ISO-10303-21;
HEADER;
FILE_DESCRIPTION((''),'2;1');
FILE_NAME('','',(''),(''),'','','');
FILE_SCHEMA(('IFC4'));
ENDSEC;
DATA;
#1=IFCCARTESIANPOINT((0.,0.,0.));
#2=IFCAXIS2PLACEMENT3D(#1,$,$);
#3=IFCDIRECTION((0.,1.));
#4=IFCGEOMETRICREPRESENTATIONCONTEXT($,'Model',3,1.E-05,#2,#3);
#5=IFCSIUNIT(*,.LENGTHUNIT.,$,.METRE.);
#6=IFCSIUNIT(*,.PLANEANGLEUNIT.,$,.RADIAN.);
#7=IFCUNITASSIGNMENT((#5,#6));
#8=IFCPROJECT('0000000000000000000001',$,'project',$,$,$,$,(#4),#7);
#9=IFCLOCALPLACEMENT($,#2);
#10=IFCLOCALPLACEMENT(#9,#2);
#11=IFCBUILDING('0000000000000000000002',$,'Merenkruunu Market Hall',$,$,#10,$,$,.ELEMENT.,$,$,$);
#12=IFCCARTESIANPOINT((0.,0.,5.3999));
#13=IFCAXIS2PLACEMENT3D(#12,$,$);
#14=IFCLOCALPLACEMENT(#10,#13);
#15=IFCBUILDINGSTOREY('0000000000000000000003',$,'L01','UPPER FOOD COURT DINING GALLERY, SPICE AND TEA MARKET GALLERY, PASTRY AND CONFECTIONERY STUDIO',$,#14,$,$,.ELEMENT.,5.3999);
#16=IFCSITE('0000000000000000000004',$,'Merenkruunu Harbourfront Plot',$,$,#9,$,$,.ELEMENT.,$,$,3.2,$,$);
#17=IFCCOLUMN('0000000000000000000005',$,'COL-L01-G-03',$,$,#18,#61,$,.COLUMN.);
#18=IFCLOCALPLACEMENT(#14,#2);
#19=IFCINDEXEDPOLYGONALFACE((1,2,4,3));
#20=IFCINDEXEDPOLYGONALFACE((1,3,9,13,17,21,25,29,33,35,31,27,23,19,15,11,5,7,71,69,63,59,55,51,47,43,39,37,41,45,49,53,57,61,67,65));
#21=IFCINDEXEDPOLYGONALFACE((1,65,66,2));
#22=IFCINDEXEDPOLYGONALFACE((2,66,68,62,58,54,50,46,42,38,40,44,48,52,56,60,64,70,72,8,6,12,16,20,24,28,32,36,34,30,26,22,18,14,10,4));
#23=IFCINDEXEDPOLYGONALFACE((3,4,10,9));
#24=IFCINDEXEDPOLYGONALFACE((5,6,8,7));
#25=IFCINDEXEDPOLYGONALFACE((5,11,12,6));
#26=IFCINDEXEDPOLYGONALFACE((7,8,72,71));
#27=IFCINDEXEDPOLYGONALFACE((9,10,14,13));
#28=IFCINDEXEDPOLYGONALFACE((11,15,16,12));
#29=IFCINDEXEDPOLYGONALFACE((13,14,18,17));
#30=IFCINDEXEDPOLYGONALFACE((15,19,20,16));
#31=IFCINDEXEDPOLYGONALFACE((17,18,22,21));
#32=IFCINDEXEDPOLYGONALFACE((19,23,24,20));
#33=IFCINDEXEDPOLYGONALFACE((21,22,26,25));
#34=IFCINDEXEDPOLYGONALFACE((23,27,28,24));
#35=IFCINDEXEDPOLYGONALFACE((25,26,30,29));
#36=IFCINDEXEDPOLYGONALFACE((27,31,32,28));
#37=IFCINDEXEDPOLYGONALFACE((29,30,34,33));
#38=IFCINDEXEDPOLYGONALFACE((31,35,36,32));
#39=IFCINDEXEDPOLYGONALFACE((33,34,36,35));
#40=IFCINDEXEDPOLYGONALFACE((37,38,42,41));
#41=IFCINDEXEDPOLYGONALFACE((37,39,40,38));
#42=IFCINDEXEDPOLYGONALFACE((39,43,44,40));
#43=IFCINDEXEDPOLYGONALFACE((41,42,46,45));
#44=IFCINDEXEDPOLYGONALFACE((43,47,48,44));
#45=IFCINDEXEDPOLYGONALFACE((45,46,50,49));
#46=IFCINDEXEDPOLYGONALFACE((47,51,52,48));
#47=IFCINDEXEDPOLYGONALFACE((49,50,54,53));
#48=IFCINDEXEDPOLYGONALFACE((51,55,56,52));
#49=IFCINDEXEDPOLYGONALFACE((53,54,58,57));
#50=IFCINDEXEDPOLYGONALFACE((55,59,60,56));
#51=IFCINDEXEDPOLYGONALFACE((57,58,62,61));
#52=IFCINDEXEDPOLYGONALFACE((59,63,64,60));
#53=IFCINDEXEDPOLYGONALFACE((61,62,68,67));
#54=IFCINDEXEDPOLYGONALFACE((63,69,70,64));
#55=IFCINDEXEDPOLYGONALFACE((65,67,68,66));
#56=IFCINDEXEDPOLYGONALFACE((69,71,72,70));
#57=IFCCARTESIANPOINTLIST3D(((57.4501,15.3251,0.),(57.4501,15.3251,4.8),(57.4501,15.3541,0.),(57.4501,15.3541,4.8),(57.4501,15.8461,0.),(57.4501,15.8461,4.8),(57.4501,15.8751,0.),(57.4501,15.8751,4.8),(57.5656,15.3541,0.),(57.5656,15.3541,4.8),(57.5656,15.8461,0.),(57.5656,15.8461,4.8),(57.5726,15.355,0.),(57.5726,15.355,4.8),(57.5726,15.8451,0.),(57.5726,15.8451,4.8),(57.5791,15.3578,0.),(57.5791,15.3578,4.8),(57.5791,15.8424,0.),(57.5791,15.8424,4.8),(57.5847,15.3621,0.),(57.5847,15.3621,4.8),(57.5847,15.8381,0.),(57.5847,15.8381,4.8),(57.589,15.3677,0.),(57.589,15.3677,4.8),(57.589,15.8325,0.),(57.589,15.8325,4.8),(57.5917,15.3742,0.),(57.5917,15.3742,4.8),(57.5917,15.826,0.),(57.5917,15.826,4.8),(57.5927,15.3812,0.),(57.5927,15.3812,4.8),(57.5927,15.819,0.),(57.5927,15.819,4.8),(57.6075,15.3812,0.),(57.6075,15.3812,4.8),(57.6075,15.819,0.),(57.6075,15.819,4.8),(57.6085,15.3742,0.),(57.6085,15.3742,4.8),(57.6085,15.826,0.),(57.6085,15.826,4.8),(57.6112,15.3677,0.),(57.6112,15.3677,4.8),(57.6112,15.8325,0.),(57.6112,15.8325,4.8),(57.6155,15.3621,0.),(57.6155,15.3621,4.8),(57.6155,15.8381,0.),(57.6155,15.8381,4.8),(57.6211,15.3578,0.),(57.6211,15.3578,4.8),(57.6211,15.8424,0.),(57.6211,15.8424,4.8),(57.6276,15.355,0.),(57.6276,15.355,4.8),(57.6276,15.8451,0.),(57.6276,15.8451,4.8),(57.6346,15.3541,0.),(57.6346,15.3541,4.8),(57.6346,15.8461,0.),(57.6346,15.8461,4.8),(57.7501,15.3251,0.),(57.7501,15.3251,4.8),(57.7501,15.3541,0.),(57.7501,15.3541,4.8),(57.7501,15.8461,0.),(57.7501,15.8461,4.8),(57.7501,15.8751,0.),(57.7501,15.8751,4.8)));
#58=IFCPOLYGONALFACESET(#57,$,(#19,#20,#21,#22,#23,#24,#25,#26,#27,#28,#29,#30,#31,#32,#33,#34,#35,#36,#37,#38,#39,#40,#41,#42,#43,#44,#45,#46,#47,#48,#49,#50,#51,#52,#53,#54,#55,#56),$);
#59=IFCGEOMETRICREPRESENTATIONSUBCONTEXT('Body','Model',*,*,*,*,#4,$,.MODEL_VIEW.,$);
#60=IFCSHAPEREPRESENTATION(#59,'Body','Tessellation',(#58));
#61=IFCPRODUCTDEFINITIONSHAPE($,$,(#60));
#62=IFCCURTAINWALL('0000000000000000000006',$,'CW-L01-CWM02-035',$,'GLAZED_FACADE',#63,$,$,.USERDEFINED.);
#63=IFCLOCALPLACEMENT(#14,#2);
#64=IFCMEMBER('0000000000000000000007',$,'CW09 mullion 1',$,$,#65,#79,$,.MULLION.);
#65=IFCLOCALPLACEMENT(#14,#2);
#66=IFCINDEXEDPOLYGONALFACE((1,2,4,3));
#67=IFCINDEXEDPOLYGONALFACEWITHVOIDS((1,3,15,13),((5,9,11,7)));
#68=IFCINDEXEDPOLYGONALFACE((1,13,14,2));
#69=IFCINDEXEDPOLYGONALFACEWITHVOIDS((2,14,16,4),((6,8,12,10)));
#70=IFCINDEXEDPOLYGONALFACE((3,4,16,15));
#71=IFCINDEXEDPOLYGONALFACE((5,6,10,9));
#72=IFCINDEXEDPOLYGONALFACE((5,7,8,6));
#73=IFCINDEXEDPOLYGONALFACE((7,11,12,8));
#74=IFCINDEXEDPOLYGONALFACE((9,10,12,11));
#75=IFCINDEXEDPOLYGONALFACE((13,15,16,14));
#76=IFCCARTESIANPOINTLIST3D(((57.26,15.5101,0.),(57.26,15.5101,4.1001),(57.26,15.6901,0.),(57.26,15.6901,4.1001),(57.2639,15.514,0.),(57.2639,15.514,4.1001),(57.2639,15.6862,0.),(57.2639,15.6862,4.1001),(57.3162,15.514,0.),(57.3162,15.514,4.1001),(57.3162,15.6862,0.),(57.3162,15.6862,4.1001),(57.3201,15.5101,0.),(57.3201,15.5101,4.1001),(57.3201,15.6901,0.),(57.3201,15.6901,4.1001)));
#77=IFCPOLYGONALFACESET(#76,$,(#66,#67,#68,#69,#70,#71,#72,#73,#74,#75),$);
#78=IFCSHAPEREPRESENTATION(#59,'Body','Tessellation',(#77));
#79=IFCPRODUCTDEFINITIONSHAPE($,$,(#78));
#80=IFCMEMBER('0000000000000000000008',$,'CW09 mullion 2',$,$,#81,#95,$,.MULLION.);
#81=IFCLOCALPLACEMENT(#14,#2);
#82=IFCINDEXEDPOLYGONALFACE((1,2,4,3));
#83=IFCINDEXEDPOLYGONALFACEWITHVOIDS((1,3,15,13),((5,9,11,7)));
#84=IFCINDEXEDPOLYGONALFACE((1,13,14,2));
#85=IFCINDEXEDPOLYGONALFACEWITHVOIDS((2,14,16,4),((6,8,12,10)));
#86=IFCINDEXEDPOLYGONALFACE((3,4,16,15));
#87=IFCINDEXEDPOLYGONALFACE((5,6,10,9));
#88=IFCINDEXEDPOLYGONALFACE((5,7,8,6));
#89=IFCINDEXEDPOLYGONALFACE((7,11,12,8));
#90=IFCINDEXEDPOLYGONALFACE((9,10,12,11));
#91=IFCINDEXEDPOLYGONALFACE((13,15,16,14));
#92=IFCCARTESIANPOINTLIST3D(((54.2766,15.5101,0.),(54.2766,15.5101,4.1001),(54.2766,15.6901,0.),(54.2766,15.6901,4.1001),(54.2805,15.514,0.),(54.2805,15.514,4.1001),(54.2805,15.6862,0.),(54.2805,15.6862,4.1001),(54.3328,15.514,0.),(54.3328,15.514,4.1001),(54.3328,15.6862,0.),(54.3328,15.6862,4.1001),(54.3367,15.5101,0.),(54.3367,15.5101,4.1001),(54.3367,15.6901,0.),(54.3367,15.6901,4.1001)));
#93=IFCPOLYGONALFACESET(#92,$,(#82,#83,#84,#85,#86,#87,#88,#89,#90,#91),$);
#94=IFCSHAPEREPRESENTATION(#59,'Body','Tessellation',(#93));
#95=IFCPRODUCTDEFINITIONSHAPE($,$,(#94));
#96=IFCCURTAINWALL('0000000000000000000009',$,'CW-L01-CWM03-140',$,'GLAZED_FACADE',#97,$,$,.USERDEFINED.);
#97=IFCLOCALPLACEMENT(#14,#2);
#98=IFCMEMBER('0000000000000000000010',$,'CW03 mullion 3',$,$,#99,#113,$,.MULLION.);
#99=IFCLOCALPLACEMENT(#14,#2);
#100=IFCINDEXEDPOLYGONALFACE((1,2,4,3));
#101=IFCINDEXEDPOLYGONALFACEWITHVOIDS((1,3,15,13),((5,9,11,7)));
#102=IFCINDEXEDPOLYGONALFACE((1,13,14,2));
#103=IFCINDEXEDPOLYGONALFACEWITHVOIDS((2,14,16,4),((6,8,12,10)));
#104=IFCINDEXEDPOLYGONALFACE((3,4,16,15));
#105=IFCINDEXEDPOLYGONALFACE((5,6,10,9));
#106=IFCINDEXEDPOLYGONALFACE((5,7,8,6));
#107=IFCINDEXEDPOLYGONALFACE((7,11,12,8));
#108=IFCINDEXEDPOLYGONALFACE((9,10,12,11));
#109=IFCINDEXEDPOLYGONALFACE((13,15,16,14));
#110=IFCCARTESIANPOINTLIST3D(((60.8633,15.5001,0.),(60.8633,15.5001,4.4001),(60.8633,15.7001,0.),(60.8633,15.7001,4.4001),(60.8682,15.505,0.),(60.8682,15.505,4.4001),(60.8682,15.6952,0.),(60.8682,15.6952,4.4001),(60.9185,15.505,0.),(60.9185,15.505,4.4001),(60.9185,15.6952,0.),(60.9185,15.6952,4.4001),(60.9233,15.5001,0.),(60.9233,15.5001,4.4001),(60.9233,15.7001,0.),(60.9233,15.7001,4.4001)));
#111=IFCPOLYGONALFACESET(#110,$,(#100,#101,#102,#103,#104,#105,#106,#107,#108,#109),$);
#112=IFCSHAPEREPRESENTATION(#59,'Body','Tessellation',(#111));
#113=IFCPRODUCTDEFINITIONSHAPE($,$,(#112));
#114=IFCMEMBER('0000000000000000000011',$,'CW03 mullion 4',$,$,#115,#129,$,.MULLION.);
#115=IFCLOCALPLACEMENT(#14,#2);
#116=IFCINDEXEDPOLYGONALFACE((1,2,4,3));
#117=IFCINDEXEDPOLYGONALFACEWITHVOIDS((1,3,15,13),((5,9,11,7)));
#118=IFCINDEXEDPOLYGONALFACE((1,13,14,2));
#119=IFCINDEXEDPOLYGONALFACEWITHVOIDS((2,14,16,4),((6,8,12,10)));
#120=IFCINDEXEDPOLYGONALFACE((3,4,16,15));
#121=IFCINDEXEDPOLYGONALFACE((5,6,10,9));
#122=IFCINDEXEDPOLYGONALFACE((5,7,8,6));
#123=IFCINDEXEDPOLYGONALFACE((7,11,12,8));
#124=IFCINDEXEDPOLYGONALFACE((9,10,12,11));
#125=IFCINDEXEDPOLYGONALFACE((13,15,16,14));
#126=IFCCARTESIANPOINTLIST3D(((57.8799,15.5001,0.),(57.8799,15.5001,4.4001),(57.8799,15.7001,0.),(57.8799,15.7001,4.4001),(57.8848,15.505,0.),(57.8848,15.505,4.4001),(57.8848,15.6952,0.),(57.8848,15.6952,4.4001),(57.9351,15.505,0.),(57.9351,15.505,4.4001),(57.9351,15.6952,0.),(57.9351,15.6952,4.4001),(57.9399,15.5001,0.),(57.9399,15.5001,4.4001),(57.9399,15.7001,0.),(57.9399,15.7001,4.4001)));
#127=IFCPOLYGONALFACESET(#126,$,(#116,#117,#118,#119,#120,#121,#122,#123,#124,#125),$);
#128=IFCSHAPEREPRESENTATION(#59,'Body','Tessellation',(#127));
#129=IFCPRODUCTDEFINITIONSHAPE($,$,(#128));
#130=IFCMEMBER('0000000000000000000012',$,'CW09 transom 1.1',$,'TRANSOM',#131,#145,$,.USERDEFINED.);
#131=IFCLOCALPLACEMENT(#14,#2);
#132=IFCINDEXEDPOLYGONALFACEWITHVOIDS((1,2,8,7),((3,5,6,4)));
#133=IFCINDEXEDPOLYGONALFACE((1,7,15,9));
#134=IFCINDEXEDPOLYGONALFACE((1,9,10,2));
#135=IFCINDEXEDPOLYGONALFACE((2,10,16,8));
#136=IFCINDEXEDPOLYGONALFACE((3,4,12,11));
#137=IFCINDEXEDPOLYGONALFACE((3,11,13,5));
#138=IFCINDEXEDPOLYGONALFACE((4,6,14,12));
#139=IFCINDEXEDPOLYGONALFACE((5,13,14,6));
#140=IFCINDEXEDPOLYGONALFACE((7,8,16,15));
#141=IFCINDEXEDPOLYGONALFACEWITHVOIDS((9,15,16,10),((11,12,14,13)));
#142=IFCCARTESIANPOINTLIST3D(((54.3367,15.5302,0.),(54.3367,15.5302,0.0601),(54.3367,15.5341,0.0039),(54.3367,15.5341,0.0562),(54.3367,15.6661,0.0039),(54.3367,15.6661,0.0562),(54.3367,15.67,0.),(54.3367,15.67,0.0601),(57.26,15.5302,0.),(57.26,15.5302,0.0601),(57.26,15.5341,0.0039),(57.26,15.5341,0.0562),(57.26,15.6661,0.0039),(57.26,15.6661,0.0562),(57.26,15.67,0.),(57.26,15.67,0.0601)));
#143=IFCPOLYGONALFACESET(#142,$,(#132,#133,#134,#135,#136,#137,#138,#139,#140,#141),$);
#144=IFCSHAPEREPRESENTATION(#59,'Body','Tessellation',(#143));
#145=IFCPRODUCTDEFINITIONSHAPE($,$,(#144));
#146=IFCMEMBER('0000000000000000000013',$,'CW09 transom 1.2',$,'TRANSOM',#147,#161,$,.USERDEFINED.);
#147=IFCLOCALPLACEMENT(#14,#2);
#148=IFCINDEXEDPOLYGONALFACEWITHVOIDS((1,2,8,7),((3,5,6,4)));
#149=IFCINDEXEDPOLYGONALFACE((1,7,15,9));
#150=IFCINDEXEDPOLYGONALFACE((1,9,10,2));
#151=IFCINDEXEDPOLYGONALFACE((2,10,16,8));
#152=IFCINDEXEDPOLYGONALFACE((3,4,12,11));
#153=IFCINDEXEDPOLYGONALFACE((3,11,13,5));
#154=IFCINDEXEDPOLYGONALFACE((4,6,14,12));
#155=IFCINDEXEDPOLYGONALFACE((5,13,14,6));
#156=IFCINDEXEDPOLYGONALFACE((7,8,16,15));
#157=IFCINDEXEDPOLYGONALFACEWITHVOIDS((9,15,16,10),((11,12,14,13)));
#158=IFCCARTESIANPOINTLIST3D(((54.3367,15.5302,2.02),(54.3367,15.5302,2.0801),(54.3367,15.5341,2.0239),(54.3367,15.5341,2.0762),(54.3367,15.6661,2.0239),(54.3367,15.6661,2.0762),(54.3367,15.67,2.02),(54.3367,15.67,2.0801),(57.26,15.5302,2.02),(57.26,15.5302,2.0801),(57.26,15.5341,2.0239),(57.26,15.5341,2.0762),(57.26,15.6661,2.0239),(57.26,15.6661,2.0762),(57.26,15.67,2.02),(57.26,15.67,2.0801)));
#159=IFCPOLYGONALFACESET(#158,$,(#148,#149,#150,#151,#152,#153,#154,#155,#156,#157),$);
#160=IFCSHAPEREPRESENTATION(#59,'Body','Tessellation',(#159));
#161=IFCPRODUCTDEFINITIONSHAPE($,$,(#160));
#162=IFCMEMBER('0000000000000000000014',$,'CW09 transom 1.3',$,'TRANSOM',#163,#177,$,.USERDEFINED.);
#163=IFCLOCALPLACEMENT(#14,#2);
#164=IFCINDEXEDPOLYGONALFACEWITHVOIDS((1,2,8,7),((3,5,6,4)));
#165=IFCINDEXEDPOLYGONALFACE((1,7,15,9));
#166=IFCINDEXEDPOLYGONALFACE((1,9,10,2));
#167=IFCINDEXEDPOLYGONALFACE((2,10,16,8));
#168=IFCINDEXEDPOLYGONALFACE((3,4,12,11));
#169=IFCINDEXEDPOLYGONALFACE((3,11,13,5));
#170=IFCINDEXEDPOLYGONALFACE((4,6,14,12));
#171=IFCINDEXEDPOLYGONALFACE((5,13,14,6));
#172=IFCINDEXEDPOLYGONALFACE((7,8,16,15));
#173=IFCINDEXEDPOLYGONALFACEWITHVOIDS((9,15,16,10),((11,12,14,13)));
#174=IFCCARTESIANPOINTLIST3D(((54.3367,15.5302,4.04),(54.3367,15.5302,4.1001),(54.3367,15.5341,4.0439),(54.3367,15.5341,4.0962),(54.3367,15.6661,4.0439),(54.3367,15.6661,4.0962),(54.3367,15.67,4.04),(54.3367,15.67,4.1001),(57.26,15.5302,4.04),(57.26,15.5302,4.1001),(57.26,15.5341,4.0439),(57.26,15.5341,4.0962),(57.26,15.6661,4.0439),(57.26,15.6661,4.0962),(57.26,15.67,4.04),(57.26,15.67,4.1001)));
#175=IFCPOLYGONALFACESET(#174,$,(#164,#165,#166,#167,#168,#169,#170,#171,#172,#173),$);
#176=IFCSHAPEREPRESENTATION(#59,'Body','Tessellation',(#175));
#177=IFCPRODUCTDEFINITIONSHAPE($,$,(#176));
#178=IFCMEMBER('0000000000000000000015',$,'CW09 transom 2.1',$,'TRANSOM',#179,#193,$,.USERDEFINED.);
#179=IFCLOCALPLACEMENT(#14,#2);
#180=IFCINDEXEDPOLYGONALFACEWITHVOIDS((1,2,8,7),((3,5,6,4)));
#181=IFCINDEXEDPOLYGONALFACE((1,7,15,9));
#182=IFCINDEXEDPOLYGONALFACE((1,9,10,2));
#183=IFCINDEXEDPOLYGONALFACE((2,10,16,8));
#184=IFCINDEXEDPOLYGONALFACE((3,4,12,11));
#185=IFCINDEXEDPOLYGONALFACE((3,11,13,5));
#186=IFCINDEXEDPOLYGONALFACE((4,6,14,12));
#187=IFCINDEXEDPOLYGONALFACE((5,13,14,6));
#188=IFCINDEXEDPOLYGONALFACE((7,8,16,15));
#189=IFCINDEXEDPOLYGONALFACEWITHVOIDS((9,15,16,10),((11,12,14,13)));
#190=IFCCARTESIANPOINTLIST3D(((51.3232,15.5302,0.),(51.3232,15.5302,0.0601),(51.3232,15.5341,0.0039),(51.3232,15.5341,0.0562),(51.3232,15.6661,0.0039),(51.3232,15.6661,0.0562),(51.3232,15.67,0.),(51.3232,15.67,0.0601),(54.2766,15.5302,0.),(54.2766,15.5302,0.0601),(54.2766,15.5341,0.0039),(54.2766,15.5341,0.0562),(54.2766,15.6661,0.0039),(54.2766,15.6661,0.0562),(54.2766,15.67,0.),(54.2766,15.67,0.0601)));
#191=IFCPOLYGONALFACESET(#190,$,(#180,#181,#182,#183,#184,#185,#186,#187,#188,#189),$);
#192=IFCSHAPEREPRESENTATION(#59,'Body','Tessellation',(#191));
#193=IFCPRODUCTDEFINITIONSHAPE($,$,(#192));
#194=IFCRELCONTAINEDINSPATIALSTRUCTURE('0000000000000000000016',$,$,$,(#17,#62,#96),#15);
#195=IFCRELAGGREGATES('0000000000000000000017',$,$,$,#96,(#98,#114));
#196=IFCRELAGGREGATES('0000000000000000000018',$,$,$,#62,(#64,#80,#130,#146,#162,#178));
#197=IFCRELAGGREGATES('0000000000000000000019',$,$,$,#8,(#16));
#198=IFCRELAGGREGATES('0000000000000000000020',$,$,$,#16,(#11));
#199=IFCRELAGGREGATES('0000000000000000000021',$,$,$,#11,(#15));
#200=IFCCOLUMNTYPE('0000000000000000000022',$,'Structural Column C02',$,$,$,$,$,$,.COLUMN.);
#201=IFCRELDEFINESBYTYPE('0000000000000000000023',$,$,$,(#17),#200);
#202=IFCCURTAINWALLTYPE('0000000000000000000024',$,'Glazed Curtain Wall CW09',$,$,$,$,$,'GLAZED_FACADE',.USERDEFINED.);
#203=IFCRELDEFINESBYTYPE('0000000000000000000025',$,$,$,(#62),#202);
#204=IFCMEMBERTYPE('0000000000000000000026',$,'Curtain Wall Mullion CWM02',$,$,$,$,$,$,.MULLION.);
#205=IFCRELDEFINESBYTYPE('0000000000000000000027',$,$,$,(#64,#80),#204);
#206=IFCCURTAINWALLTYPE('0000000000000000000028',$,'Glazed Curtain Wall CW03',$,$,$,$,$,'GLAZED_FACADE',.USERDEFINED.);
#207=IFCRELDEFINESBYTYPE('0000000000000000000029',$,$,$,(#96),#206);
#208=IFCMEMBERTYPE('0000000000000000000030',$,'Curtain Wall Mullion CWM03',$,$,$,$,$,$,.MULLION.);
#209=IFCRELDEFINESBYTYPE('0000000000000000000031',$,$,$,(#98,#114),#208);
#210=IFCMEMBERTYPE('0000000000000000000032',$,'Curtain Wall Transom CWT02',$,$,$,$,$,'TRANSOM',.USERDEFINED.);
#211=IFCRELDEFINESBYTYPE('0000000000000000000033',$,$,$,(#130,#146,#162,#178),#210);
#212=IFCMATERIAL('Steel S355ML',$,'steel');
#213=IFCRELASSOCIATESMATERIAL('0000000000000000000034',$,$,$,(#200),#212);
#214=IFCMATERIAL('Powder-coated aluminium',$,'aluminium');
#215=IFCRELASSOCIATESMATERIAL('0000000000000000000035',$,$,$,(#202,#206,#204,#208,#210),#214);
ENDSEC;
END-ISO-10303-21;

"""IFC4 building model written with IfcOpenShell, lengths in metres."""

from ifc_helpers import new_model, si_unit, direction, frame, origin, origin_2d, place, context, subcontext, project, spatial, hollow_rectangle, i_section, extrude, material, material_profile, profile_set, type_object, element, aggregate, save


model = new_model("IFC4")

# Units and contexts
model_context = context("Model", 3, precision=1e-05, world=origin(), true_north=direction((0.0, 1.0)))
body_context = subcontext(model_context, "Body", "Model", "MODEL_VIEW")
ifc_project = project(units=[si_unit("LENGTHUNIT", "METRE"), si_unit("PLANEANGLEUNIT", "RADIAN")], contexts=[model_context])

# Site, building, storey
site_placement = place(None, origin())
site = spatial("IfcSite", under=ifc_project, at=site_placement, Name="Merenkruunu Harbourfront Plot", CompositionType="ELEMENT", RefElevation=3.2)
building_placement = place(site_placement, origin())
building = spatial("IfcBuilding", under=site, at=building_placement, Name="Merenkruunu Market Hall", CompositionType="ELEMENT")
storey_placement = place(building_placement, frame((0.0, 0.0, 5.3999)))
storey = spatial("IfcBuildingStorey", under=building, at=storey_placement, Name="L01", Description="UPPER FOOD COURT DINING GALLERY, SPICE AND TEA MARKET GALLERY, PASTRY AND CONFECTIONERY STUDIO", CompositionType="ELEMENT", Elevation=5.3999)

# Column
ifc_material_1 = material(Name="Steel S355ML", Category="steel")
ifc_material_profile_1 = material_profile(ifc_material_1, i_section(OverallWidth=0.3, OverallDepth=0.55, WebThickness=0.0149, FlangeThickness=0.0291, FilletRadius=0.0271, at=origin_2d()), Name="HEB 550")
ifc_profile_set_1 = profile_set([ifc_material_profile_1], Name="Steel S355ML")
column_type = type_object("IfcColumnType", Name="Structural Column C02", PredefinedType="COLUMN", material=ifc_profile_set_1)
column_placement = place(storey_placement, frame((57.6001, 15.6001, 0.0), z_axis=(0.0, 0.0, 1.0), x_axis=(1.0, 0.0, 0.0)))
element("IfcColumn", 1, at=column_placement, inside=storey, type_object=column_type, Name="COL-L01-G-03", PredefinedType="COLUMN", context=body_context, shape_type="SweptSolid", body=[
    extrude(i_section(OverallWidth=0.3, OverallDepth=0.55, WebThickness=0.0149, FlangeThickness=0.0291, FilletRadius=0.0271, at=origin_2d()), origin(), (0.0, 0.0, 1.0), 4.8),
])

# Curtain walls, members
ifc_material_2 = material(Name="Powder-coated aluminium", Category="aluminium")
curtain_wall_type_1 = type_object("IfcCurtainWallType", Name="Glazed Curtain Wall CW09", ElementType="GLAZED_FACADE", PredefinedType="USERDEFINED", material=ifc_material_2)
curtain_wall_1_placement = place(storey_placement, origin())
curtain_wall_1 = element("IfcCurtainWall", 2, at=curtain_wall_1_placement, inside=storey, type_object=curtain_wall_type_1, Name="CW-L01-CWM02-035", ObjectType="GLAZED_FACADE", PredefinedType="USERDEFINED")
ifc_material_profile_2 = material_profile(ifc_material_2, hollow_rectangle(XDim=0.0601, YDim=0.1799, WallThickness=0.0039, at=origin_2d()), Name="ALU 60x180x4")
ifc_profile_set_2 = profile_set([ifc_material_profile_2], Name="Powder-coated aluminium")
member_type_1 = type_object("IfcMemberType", Name="Curtain Wall Mullion CWM02", PredefinedType="MULLION", material=ifc_profile_set_2)
member_1_placement = place(storey_placement, frame((57.29, 15.6001, 0.0), z_axis=(0.0, 0.0, 1.0), x_axis=(-1.0, 0.0, 0.0)))
member_1 = element("IfcMember", 3, at=member_1_placement, type_object=member_type_1, Name="CW09 mullion 1", PredefinedType="MULLION", context=body_context, shape_type="SweptSolid", body=[
    extrude(hollow_rectangle(XDim=0.0601, YDim=0.1799, WallThickness=0.0039, at=origin_2d()), origin(), (0.0, 0.0, 1.0), 4.1001),
])
member_2_placement = place(storey_placement, frame((54.3066, 15.6001, 0.0), z_axis=(0.0, 0.0, 1.0), x_axis=(-1.0, 0.0, 0.0)))
member_2 = element("IfcMember", 4, at=member_2_placement, type_object=member_type_1, Name="CW09 mullion 2", PredefinedType="MULLION", context=body_context, shape_type="SweptSolid", body=[
    extrude(hollow_rectangle(XDim=0.0601, YDim=0.1799, WallThickness=0.0039, at=origin_2d()), origin(), (0.0, 0.0, 1.0), 4.1001),
])
curtain_wall_type_2 = type_object("IfcCurtainWallType", Name="Glazed Curtain Wall CW03", ElementType="GLAZED_FACADE", PredefinedType="USERDEFINED", material=ifc_material_2)
curtain_wall_2_placement = place(storey_placement, origin())
curtain_wall_2 = element("IfcCurtainWall", 5, at=curtain_wall_2_placement, inside=storey, type_object=curtain_wall_type_2, Name="CW-L01-CWM03-140", ObjectType="GLAZED_FACADE", PredefinedType="USERDEFINED")
ifc_material_profile_3 = material_profile(ifc_material_2, hollow_rectangle(XDim=0.0601, YDim=0.2, WallThickness=0.0049, at=origin_2d()), Name="ALU 60x200x5")
ifc_profile_set_3 = profile_set([ifc_material_profile_3], Name="Powder-coated aluminium")
member_type_2 = type_object("IfcMemberType", Name="Curtain Wall Mullion CWM03", PredefinedType="MULLION", material=ifc_profile_set_3)
member_3_placement = place(storey_placement, frame((60.8933, 15.6001, 0.0), z_axis=(0.0, 0.0, 1.0), x_axis=(-1.0, 0.0, 0.0)))
member_3 = element("IfcMember", 6, at=member_3_placement, type_object=member_type_2, Name="CW03 mullion 3", PredefinedType="MULLION", context=body_context, shape_type="SweptSolid", body=[
    extrude(hollow_rectangle(XDim=0.0601, YDim=0.2, WallThickness=0.0049, at=origin_2d()), origin(), (0.0, 0.0, 1.0), 4.4001),
])
member_4_placement = place(storey_placement, frame((57.9099, 15.6001, 0.0), z_axis=(0.0, 0.0, 1.0), x_axis=(-1.0, 0.0, 0.0)))
member_4 = element("IfcMember", 7, at=member_4_placement, type_object=member_type_2, Name="CW03 mullion 4", PredefinedType="MULLION", context=body_context, shape_type="SweptSolid", body=[
    extrude(hollow_rectangle(XDim=0.0601, YDim=0.2, WallThickness=0.0049, at=origin_2d()), origin(), (0.0, 0.0, 1.0), 4.4001),
])

# Members
ifc_material_profile_4 = material_profile(ifc_material_2, hollow_rectangle(XDim=0.0601, YDim=0.1399, WallThickness=0.0039, at=origin_2d()), Name="ALU 60x140x4")
ifc_profile_set_4 = profile_set([ifc_material_profile_4], Name="Powder-coated aluminium")
member_type_3 = type_object("IfcMemberType", Name="Curtain Wall Transom CWT02", ElementType="TRANSOM", PredefinedType="USERDEFINED", material=ifc_profile_set_4)
member_5_placement = place(storey_placement, frame((57.26, 15.6001, 0.03), z_axis=(-1.0, 0.0, 0.0), x_axis=(0.0, 0.0, 1.0)))
member_5 = element("IfcMember", 8, at=member_5_placement, type_object=member_type_3, Name="CW09 transom 1.1", ObjectType="TRANSOM", PredefinedType="USERDEFINED", context=body_context, shape_type="SweptSolid", body=[
    extrude(hollow_rectangle(XDim=0.0601, YDim=0.1399, WallThickness=0.0039, at=origin_2d()), origin(), (0.0, 0.0, 1.0), 2.9233),
])
member_6_placement = place(storey_placement, frame((57.26, 15.6001, 2.05), z_axis=(-1.0, 0.0, 0.0), x_axis=(0.0, 0.0, 1.0)))
member_6 = element("IfcMember", 9, at=member_6_placement, type_object=member_type_3, Name="CW09 transom 1.2", ObjectType="TRANSOM", PredefinedType="USERDEFINED", context=body_context, shape_type="SweptSolid", body=[
    extrude(hollow_rectangle(XDim=0.0601, YDim=0.1399, WallThickness=0.0039, at=origin_2d()), origin(), (0.0, 0.0, 1.0), 2.9233),
])
member_7_placement = place(storey_placement, frame((57.26, 15.6001, 4.0701), z_axis=(-1.0, 0.0, 0.0), x_axis=(0.0, 0.0, 1.0)))
member_7 = element("IfcMember", 10, at=member_7_placement, type_object=member_type_3, Name="CW09 transom 1.3", ObjectType="TRANSOM", PredefinedType="USERDEFINED", context=body_context, shape_type="SweptSolid", body=[
    extrude(hollow_rectangle(XDim=0.0601, YDim=0.1399, WallThickness=0.0039, at=origin_2d()), origin(), (0.0, 0.0, 1.0), 2.9233),
])
member_8_placement = place(storey_placement, frame((54.2766, 15.6001, 0.03), z_axis=(-1.0, 0.0, 0.0), x_axis=(0.0, 0.0, 1.0)))
member_8 = element("IfcMember", 11, at=member_8_placement, type_object=member_type_3, Name="CW09 transom 2.1", ObjectType="TRANSOM", PredefinedType="USERDEFINED", context=body_context, shape_type="SweptSolid", body=[
    extrude(hollow_rectangle(XDim=0.0601, YDim=0.1399, WallThickness=0.0039, at=origin_2d()), origin(), (0.0, 0.0, 1.0), 2.9534),
])

aggregate(curtain_wall_2, [member_3, member_4])
aggregate(curtain_wall_1, [member_1, member_2, member_5, member_6, member_7, member_8])

save(model, "model.ifc")
